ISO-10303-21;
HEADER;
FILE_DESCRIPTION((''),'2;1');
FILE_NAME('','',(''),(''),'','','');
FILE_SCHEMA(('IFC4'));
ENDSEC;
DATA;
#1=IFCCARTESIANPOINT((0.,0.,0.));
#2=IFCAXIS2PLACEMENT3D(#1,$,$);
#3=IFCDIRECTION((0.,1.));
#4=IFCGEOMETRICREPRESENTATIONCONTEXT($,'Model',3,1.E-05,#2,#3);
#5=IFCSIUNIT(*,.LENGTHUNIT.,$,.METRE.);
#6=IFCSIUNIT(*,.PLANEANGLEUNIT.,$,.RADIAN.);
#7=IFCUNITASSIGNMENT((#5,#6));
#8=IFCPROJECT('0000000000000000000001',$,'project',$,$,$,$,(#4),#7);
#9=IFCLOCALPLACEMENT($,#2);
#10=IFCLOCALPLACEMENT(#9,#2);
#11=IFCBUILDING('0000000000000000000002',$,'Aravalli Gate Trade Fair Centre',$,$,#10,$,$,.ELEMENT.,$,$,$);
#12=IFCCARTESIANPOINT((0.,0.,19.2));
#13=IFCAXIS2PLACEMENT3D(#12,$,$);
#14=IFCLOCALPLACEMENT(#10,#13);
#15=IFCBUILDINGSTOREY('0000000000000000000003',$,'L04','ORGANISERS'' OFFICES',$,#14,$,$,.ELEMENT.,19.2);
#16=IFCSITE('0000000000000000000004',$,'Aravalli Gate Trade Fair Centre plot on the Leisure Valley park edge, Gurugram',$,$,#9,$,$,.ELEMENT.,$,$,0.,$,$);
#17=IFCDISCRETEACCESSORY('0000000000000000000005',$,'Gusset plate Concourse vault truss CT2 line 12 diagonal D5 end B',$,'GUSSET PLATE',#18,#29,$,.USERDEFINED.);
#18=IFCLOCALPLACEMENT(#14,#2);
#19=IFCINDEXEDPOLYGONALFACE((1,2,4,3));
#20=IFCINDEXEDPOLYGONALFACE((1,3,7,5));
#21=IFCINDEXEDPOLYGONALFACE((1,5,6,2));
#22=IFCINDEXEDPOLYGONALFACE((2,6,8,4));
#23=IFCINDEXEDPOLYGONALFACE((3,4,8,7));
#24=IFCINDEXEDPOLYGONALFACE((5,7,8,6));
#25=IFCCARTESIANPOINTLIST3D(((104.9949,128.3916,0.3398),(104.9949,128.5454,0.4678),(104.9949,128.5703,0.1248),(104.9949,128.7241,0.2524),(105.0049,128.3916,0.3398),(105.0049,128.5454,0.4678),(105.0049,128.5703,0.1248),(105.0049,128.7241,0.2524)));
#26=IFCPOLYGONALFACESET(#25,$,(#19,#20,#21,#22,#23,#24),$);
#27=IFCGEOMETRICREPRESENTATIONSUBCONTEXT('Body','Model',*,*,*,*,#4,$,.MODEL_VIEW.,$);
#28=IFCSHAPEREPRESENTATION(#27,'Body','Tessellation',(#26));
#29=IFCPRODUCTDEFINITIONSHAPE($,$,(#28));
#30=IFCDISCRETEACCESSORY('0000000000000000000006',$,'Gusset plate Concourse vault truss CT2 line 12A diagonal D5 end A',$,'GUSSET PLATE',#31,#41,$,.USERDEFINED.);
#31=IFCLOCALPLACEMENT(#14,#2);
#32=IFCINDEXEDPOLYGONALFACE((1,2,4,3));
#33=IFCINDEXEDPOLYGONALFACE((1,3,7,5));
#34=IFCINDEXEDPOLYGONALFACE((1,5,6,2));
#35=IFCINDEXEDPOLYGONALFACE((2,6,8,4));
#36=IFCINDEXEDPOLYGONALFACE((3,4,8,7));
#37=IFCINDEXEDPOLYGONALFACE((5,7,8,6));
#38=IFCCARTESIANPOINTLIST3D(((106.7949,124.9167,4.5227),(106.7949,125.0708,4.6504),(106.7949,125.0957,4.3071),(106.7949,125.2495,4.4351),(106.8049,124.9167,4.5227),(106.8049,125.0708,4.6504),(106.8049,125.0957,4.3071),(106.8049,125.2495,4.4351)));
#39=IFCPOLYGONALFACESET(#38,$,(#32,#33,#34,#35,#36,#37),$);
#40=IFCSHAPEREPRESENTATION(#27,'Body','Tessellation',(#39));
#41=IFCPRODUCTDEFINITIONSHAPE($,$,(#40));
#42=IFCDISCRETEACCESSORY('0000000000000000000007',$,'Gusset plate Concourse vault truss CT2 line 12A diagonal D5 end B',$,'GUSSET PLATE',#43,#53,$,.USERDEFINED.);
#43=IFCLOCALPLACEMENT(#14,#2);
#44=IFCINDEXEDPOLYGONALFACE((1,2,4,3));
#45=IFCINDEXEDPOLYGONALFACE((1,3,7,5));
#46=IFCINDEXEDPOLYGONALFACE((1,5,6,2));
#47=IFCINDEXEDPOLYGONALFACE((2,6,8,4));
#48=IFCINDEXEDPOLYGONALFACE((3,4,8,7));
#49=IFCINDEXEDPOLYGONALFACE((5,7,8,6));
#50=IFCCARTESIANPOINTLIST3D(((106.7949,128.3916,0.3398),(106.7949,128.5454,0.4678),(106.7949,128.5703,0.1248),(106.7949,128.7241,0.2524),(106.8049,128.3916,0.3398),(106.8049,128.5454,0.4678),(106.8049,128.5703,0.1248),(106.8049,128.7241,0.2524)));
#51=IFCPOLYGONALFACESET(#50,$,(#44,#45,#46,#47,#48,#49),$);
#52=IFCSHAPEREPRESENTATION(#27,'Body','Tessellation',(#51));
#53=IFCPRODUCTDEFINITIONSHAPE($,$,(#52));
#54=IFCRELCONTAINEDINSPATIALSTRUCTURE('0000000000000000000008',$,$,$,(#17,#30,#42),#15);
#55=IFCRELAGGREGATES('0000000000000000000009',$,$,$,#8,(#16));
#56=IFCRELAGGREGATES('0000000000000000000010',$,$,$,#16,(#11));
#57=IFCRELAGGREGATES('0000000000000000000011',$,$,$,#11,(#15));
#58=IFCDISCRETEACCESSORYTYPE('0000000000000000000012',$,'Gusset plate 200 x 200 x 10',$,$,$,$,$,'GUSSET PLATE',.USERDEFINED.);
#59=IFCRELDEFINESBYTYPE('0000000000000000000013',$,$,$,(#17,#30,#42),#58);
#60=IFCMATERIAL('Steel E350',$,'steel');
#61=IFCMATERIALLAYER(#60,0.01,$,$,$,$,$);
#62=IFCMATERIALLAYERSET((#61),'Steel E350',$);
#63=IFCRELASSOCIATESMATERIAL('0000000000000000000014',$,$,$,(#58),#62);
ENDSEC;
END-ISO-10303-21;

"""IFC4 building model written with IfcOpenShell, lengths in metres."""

from ifc_helpers import new_model, si_unit, direction, frame, origin, place, context, subcontext, project, spatial, polyline, outline, extrude, material, layer, layer_set, type_object, element, save


model = new_model("IFC4")

# Units and contexts
model_context = context("Model", 3, precision=1e-05, world=origin(), true_north=direction((0.0, 1.0)))
body_context = subcontext(model_context, "Body", "Model", "MODEL_VIEW")
ifc_project = project(units=[si_unit("LENGTHUNIT", "METRE"), si_unit("PLANEANGLEUNIT", "RADIAN")], contexts=[model_context])

# Site, building, storey
site_placement = place(None, origin())
site = spatial("IfcSite", under=ifc_project, at=site_placement, Name="Aravalli Gate Trade Fair Centre plot on the Leisure Valley park edge, Gurugram", CompositionType="ELEMENT", RefElevation=0.0)
building_placement = place(site_placement, origin())
building = spatial("IfcBuilding", under=site, at=building_placement, Name="Aravalli Gate Trade Fair Centre", CompositionType="ELEMENT")
storey_placement = place(building_placement, frame((0.0, 0.0, 19.2)))
storey = spatial("IfcBuildingStorey", under=building, at=storey_placement, Name="L04", Description="ORGANISERS' OFFICES", CompositionType="ELEMENT", Elevation=19.2)

# Shared definitions
ifc_material_1 = material(Name="Steel E350", Category="steel")

# Discrete accessories
ifc_layer_1 = layer(ifc_material_1, 0.01)
ifc_layer_set_1 = layer_set([ifc_layer_1], Name="Steel E350")
discrete_accessory_type = type_object("IfcDiscreteAccessoryType", Name="Gusset plate 200 x 200 x 10", ElementType="GUSSET PLATE", PredefinedType="USERDEFINED", material=ifc_layer_set_1)
discrete_accessory_1_placement = place(storey_placement, frame((105.0049, 128.3916, 0.3398), z_axis=(1.0, 0.0, 0.0), x_axis=(0.0, 0.639067, -0.769151)))
element("IfcDiscreteAccessory", 1, at=discrete_accessory_1_placement, inside=storey, type_object=discrete_accessory_type, Name="Gusset plate Concourse vault truss CT2 line 12 diagonal D5 end B", ObjectType="GUSSET PLATE", PredefinedType="USERDEFINED", context=body_context, shape_type="SweptSolid", body=[
    extrude(outline(polyline([(0.0, 0.0), (0.2796, 0.0), (0.2797, 0.1999), (-0.0001, 0.2001), (0.0, 0.0)])), origin(), (0.0, 0.0, -1.0), 0.01),
])
discrete_accessory_2_placement = place(storey_placement, frame((106.7949, 125.0957, 4.3071), z_axis=(-1.0, 0.0, 0.0), x_axis=(0.0, -0.638726, 0.769434)))
element("IfcDiscreteAccessory", 2, at=discrete_accessory_2_placement, inside=storey, type_object=discrete_accessory_type, Name="Gusset plate Concourse vault truss CT2 line 12A diagonal D5 end A", ObjectType="GUSSET PLATE", PredefinedType="USERDEFINED", context=body_context, shape_type="SweptSolid", body=[
    extrude(outline(polyline([(0.0, 0.0), (0.2802, 0.0), (0.28, 0.2001), (0.0002, 0.2001), (0.0, 0.0)])), origin(), (0.0, 0.0, -1.0), 0.01),
])
discrete_accessory_3_placement = place(storey_placement, frame((106.8049, 128.3916, 0.3398), z_axis=(1.0, 0.0, 0.0), x_axis=(0.0, 0.639067, -0.769151)))
element("IfcDiscreteAccessory", 3, at=discrete_accessory_3_placement, inside=storey, type_object=discrete_accessory_type, Name="Gusset plate Concourse vault truss CT2 line 12A diagonal D5 end B", ObjectType="GUSSET PLATE", PredefinedType="USERDEFINED", context=body_context, shape_type="SweptSolid", body=[
    extrude(outline(polyline([(0.0, 0.0), (0.2796, 0.0), (0.2797, 0.1999), (-0.0001, 0.2001), (0.0, 0.0)])), origin(), (0.0, 0.0, -1.0), 0.01),
])

save(model, "model.ifc")
